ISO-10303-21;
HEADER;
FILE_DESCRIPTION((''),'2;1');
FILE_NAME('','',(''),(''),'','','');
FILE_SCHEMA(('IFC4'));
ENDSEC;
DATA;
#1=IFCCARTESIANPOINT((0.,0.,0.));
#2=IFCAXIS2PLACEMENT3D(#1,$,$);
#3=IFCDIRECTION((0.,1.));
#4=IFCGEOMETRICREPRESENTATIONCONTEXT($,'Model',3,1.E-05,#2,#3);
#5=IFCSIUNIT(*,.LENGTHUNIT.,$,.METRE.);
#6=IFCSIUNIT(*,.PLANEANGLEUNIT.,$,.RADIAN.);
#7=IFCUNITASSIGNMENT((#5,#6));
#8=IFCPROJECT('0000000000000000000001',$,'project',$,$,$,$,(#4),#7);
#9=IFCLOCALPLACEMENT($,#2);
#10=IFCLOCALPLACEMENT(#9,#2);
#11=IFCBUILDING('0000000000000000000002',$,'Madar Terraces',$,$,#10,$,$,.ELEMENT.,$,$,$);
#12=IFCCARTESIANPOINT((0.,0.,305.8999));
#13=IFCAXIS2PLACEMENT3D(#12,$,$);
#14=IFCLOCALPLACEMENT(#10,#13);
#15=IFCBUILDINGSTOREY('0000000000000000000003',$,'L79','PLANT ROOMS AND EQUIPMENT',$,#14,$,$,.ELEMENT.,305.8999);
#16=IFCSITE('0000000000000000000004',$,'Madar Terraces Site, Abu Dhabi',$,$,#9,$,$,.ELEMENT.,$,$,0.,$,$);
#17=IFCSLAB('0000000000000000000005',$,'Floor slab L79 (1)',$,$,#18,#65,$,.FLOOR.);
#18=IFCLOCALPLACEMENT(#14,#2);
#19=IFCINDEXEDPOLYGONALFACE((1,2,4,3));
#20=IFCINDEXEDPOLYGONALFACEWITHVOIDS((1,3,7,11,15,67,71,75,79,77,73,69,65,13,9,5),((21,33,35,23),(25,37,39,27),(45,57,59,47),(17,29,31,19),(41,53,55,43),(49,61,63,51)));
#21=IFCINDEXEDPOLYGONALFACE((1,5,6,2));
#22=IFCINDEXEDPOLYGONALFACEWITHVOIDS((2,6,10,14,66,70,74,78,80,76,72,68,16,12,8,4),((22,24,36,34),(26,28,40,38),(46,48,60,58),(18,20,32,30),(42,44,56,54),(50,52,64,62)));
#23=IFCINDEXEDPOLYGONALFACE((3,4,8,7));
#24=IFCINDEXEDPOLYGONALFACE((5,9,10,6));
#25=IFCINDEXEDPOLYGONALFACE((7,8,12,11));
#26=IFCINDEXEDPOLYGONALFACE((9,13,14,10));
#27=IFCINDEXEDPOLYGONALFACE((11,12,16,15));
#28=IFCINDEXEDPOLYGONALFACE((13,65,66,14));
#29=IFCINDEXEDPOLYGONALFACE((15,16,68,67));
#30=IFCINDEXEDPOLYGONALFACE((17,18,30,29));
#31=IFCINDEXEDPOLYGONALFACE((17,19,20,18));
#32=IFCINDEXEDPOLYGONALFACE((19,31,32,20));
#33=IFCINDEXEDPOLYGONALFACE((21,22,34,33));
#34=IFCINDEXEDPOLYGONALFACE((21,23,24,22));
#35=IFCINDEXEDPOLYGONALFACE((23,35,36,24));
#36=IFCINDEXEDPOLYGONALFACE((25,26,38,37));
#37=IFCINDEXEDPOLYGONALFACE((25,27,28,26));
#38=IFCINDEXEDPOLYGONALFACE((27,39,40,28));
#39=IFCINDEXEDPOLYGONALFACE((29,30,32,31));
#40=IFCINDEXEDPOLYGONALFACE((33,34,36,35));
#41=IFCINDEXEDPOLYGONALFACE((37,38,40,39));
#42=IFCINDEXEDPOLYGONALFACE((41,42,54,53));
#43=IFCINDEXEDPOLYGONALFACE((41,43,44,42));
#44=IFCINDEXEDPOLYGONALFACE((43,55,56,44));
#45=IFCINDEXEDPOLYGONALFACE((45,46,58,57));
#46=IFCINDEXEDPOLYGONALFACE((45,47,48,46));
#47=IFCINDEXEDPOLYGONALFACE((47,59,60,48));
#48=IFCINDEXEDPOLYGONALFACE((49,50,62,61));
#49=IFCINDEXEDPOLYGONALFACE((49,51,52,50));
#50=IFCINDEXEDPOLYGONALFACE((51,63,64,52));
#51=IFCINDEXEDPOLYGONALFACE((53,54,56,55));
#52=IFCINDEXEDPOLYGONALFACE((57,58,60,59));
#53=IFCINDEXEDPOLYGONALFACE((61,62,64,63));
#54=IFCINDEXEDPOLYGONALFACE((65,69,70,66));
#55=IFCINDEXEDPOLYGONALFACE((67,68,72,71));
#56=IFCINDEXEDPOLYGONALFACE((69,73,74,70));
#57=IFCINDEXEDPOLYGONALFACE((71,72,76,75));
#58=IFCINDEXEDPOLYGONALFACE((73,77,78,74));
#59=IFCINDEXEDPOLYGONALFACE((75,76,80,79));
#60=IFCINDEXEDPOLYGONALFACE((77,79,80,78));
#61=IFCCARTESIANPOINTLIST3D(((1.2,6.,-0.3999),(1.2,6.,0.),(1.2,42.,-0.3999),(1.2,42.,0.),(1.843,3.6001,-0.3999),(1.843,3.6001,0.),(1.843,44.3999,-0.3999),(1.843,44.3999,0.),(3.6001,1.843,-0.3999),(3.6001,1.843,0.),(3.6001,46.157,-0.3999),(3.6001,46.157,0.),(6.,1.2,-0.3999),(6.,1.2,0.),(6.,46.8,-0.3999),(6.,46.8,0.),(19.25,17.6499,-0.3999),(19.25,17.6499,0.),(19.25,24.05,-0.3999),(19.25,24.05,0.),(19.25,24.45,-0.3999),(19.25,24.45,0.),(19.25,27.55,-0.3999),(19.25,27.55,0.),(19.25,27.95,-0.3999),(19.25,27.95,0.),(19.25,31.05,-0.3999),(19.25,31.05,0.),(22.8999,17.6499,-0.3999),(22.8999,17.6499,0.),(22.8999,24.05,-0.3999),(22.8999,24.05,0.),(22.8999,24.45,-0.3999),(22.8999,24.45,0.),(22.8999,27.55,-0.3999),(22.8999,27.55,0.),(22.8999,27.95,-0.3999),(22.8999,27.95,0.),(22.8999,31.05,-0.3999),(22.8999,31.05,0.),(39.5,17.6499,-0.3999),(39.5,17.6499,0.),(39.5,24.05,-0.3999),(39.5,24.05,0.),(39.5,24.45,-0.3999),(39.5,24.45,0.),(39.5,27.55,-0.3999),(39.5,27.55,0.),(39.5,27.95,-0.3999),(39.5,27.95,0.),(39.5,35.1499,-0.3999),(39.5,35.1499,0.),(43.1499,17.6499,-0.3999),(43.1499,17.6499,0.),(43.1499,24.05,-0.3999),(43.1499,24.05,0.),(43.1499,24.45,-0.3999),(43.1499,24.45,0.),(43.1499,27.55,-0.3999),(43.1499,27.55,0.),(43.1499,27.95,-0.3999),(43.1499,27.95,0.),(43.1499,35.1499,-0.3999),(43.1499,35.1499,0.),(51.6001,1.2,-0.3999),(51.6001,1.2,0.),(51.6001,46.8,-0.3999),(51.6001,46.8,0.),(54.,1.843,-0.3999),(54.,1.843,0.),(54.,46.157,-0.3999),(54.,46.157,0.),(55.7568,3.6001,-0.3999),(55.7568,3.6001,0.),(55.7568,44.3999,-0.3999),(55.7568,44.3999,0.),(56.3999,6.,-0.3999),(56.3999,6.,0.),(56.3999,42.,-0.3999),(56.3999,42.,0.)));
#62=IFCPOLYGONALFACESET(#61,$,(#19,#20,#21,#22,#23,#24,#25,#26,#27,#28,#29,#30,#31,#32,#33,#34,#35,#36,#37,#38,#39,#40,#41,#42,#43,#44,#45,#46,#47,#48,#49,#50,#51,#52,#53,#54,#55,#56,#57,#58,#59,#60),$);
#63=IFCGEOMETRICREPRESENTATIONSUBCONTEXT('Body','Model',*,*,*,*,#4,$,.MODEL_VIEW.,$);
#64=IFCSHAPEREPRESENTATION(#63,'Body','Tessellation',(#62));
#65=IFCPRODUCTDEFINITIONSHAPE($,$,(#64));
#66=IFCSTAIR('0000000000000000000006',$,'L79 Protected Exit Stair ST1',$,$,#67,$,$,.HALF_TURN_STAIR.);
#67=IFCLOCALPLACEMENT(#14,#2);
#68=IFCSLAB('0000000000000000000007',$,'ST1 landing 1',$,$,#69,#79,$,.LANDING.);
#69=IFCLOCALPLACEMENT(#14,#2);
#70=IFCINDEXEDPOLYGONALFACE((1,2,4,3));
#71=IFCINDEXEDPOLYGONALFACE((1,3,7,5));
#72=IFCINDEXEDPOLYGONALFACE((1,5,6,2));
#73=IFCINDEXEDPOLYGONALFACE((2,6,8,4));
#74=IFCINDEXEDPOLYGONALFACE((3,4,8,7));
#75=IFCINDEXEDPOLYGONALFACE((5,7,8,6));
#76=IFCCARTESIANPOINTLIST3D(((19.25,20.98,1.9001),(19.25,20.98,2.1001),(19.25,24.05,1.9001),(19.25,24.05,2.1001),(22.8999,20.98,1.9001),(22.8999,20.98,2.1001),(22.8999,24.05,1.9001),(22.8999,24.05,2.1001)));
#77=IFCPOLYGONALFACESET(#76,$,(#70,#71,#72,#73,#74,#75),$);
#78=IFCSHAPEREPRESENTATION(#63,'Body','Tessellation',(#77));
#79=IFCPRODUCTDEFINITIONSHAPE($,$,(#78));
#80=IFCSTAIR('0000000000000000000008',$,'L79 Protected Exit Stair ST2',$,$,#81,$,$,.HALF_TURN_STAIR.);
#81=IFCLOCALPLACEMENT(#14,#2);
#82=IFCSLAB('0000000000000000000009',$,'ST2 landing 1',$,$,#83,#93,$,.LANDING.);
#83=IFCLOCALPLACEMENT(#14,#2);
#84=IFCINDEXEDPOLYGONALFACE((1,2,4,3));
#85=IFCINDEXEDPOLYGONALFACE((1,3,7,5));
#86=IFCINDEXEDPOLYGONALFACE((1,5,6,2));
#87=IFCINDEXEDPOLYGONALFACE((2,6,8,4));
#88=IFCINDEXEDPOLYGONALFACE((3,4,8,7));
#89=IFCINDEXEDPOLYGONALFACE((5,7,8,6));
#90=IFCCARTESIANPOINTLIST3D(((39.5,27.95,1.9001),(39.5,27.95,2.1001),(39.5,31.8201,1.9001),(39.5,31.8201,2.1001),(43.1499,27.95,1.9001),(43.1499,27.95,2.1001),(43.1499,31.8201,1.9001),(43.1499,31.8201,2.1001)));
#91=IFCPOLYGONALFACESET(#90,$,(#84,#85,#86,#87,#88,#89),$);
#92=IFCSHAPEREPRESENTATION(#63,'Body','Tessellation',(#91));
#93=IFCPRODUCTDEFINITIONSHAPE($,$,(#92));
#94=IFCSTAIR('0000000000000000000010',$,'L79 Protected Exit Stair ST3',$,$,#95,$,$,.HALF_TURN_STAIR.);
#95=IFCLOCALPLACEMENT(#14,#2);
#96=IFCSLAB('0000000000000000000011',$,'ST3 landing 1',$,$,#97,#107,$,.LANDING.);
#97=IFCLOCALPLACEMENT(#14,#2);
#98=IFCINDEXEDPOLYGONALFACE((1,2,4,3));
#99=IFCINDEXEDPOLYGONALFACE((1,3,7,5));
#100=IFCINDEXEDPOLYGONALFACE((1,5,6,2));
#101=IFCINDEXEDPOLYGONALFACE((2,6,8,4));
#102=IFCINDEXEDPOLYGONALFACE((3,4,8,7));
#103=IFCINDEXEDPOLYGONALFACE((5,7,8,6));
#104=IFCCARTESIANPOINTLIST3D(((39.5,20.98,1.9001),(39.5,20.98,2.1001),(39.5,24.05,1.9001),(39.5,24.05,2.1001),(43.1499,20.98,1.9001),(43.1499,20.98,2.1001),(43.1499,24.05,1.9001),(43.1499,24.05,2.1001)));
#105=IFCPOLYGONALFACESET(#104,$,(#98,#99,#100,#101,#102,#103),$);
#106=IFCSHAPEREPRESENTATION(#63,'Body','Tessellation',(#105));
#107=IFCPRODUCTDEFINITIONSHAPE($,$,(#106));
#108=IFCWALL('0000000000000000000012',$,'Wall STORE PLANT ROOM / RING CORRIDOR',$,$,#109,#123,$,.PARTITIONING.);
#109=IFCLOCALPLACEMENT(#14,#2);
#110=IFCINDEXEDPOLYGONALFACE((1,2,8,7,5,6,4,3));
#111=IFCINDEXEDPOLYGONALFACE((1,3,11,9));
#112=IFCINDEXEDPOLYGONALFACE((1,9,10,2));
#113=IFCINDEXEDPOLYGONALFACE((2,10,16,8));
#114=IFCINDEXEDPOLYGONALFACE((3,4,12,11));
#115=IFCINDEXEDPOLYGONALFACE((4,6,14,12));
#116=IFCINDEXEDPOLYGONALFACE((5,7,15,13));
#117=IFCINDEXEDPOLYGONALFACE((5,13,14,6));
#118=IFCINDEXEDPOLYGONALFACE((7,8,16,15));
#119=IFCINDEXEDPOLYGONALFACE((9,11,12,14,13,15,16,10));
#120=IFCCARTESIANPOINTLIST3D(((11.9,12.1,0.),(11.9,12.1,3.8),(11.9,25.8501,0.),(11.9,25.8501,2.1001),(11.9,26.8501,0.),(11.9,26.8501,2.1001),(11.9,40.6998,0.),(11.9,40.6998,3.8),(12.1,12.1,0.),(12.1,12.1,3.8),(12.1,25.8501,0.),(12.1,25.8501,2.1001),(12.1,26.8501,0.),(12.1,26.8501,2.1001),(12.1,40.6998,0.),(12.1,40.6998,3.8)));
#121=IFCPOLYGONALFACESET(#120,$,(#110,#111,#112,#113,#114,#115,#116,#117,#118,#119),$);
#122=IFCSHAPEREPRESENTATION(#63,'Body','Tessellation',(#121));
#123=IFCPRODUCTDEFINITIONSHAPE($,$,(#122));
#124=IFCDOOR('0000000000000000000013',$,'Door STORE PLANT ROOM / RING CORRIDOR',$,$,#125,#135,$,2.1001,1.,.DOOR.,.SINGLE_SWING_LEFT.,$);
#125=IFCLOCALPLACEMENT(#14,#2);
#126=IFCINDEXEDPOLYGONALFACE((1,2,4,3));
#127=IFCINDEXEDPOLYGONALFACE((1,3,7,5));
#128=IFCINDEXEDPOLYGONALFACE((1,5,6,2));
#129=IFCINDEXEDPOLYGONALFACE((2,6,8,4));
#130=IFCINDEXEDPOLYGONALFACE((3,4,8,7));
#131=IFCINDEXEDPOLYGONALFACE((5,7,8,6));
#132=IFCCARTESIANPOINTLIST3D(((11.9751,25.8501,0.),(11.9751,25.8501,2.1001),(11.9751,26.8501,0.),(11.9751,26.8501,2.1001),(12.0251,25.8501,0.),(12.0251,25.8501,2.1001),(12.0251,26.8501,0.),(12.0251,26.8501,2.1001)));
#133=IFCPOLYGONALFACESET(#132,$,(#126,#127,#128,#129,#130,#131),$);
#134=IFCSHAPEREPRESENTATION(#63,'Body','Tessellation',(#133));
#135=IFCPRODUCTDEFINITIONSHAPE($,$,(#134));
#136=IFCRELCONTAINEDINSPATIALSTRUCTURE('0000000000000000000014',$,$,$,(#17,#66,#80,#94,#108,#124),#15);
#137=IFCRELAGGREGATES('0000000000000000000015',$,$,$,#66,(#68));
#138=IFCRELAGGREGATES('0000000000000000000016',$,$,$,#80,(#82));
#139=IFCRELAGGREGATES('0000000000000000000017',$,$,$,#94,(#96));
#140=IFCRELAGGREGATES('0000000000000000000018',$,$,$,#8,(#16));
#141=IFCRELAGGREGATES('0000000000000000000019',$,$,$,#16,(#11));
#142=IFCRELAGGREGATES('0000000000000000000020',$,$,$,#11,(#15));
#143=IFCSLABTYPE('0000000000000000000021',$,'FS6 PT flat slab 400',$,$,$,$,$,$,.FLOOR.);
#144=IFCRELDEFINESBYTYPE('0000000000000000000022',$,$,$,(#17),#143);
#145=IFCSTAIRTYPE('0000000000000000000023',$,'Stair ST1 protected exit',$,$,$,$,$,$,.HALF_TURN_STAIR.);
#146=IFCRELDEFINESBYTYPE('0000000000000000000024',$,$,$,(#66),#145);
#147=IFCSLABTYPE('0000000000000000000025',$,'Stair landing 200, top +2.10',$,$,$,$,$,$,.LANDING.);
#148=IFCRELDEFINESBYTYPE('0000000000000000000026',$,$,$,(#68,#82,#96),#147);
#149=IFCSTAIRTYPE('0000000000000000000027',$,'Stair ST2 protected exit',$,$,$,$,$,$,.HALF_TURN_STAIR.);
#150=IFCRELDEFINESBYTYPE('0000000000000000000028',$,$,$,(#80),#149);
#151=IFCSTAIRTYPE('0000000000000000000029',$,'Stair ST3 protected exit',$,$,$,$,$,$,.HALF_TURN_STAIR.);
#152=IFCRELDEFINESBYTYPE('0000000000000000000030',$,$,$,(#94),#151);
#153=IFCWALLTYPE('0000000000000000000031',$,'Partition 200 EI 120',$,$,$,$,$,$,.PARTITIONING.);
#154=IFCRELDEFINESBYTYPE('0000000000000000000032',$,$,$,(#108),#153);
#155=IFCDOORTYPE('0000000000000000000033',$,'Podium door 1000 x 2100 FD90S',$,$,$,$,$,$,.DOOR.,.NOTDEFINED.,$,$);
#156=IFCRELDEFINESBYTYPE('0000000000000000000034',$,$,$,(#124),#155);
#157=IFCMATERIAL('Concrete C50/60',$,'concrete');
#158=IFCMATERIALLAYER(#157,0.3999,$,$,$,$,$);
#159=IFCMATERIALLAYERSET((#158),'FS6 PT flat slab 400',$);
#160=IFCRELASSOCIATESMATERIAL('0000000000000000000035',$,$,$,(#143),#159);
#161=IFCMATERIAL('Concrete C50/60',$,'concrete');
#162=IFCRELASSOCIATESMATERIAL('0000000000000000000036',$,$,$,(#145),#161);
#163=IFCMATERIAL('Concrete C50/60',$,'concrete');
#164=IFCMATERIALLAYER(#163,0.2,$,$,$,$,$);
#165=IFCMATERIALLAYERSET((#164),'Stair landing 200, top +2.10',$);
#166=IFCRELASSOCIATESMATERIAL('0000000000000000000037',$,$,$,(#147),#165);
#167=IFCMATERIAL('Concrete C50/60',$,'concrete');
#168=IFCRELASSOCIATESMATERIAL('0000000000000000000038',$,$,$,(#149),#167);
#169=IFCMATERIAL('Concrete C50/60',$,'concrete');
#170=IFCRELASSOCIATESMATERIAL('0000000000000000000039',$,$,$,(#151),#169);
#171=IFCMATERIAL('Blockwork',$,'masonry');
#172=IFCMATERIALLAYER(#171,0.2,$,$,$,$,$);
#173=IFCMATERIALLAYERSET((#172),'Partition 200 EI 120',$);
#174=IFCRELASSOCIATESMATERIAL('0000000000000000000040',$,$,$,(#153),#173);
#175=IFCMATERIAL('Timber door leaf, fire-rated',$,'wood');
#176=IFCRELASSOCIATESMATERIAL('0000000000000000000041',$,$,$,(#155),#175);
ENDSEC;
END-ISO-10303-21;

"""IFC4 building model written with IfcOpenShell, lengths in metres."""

from ifc_helpers import new_model, si_unit, direction, frame, frame_2d, origin, place, context, subcontext, project, spatial, polyline, rectangle, outline, extrude, material, layer, layer_set, type_object, element, fill, aggregate, save


model = new_model("IFC4")

# Units and contexts
model_context = context("Model", 3, precision=1e-05, world=origin(), true_north=direction((0.0, 1.0)))
body_context = subcontext(model_context, "Body", "Model", "MODEL_VIEW")
ifc_project = project(units=[si_unit("LENGTHUNIT", "METRE"), si_unit("PLANEANGLEUNIT", "RADIAN")], contexts=[model_context])

# Site, building, storey
site_placement = place(None, origin())
site = spatial("IfcSite", under=ifc_project, at=site_placement, Name="Madar Terraces Site, Abu Dhabi", CompositionType="ELEMENT", RefElevation=0.0)
building_placement = place(site_placement, origin())
building = spatial("IfcBuilding", under=site, at=building_placement, Name="Madar Terraces", CompositionType="ELEMENT")
storey_placement = place(building_placement, frame((0.0, 0.0, 305.8999)))
storey = spatial("IfcBuildingStorey", under=building, at=storey_placement, Name="L79", Description="PLANT ROOMS AND EQUIPMENT", CompositionType="ELEMENT", Elevation=305.8999)

# Slab
ifc_material_1 = material(Name="Concrete C50/60", Category="concrete")
ifc_layer_1 = layer(ifc_material_1, 0.3999)
ifc_layer_set_1 = layer_set([ifc_layer_1], Name="FS6 PT flat slab 400")
slab_type_1 = type_object("IfcSlabType", Name="FS6 PT flat slab 400", PredefinedType="FLOOR", material=ifc_layer_set_1)
slab_1_placement = place(storey_placement, frame((0.0, 0.0, -0.3999)))
element("IfcSlab", 1, at=slab_1_placement, inside=storey, type_object=slab_type_1, Name="Floor slab L79 (1)", PredefinedType="FLOOR", context=body_context, shape_type="SweptSolid", body=[
    extrude(outline(polyline([(51.6001, 1.2), (54.0, 1.843), (55.7568, 3.6001), (56.3999, 6.0), (56.3999, 42.0), (55.7568, 44.3999), (54.0, 46.157), (51.6001, 46.8), (6.0, 46.8), (3.6001, 46.157), (1.843, 44.3999), (1.2, 42.0), (1.2, 6.0), (1.843, 3.6001), (3.6001, 1.843), (6.0, 1.2), (51.6001, 1.2)]), holes=[polyline([(22.8999, 24.05), (22.8999, 17.6499), (19.25, 17.6499), (19.25, 24.05), (22.8999, 24.05)]), polyline([(43.1499, 17.6499), (39.5, 17.6499), (39.5, 24.05), (43.1499, 24.05), (43.1499, 17.6499)]), polyline([(22.8999, 24.45), (19.25, 24.45), (19.25, 27.55), (22.8999, 27.55), (22.8999, 24.45)]), polyline([(43.1499, 27.55), (43.1499, 24.45), (39.5, 24.45), (39.5, 27.55), (43.1499, 27.55)]), polyline([(22.8999, 27.95), (19.25, 27.95), (19.25, 31.05), (22.8999, 31.05), (22.8999, 27.95)]), polyline([(43.1499, 27.95), (39.5, 27.95), (39.5, 35.1499), (43.1499, 35.1499), (43.1499, 27.95)])]), origin(), (0.0, 0.0, 1.0), 0.3999),
])

# Stairs, slabs
ifc_material_2 = material(Name="Concrete C50/60", Category="concrete")
stair_type_1 = type_object("IfcStairType", Name="Stair ST1 protected exit", PredefinedType="HALF_TURN_STAIR", material=ifc_material_2)
stair_1_placement = place(storey_placement, origin())
stair_1 = element("IfcStair", 2, at=stair_1_placement, inside=storey, type_object=stair_type_1, Name="L79 Protected Exit Stair ST1", PredefinedType="HALF_TURN_STAIR")
ifc_material_3 = material(Name="Concrete C50/60", Category="concrete")
ifc_layer_2 = layer(ifc_material_3, 0.2)
ifc_layer_set_2 = layer_set([ifc_layer_2], Name="Stair landing 200, top +2.10")
slab_type_2 = type_object("IfcSlabType", Name="Stair landing 200, top +2.10", PredefinedType="LANDING", material=ifc_layer_set_2)
slab_2_placement = place(storey_placement, frame((0.0, 0.0, 1.9001)))
slab_2 = element("IfcSlab", 3, at=slab_2_placement, type_object=slab_type_2, Name="ST1 landing 1", PredefinedType="LANDING", context=body_context, shape_type="SweptSolid", body=[
    extrude(outline(polyline([(19.25, 20.98), (22.8999, 20.98), (22.8999, 24.05), (19.25, 24.05), (19.25, 20.98)])), origin(), (0.0, 0.0, 1.0), 0.2),
])
aggregate(stair_1, [slab_2])
ifc_material_4 = material(Name="Concrete C50/60", Category="concrete")
stair_type_2 = type_object("IfcStairType", Name="Stair ST2 protected exit", PredefinedType="HALF_TURN_STAIR", material=ifc_material_4)
stair_2_placement = place(storey_placement, origin())
stair_2 = element("IfcStair", 4, at=stair_2_placement, inside=storey, type_object=stair_type_2, Name="L79 Protected Exit Stair ST2", PredefinedType="HALF_TURN_STAIR")
slab_3_placement = place(storey_placement, frame((0.0, 0.0, 1.9001)))
slab_3 = element("IfcSlab", 5, at=slab_3_placement, type_object=slab_type_2, Name="ST2 landing 1", PredefinedType="LANDING", context=body_context, shape_type="SweptSolid", body=[
    extrude(outline(polyline([(39.5, 27.95), (43.1499, 27.95), (43.1499, 31.8201), (39.5, 31.8201), (39.5, 27.95)])), origin(), (0.0, 0.0, 1.0), 0.2),
])
aggregate(stair_2, [slab_3])
ifc_material_5 = material(Name="Concrete C50/60", Category="concrete")
stair_type_3 = type_object("IfcStairType", Name="Stair ST3 protected exit", PredefinedType="HALF_TURN_STAIR", material=ifc_material_5)
stair_3_placement = place(storey_placement, origin())
stair_3 = element("IfcStair", 6, at=stair_3_placement, inside=storey, type_object=stair_type_3, Name="L79 Protected Exit Stair ST3", PredefinedType="HALF_TURN_STAIR")
slab_4_placement = place(storey_placement, frame((0.0, 0.0, 1.9001)))
slab_4 = element("IfcSlab", 7, at=slab_4_placement, type_object=slab_type_2, Name="ST3 landing 1", PredefinedType="LANDING", context=body_context, shape_type="SweptSolid", body=[
    extrude(outline(polyline([(39.5, 20.98), (43.1499, 20.98), (43.1499, 24.05), (39.5, 24.05), (39.5, 20.98)])), origin(), (0.0, 0.0, 1.0), 0.2),
])
aggregate(stair_3, [slab_4])

# Wall, opening, door
ifc_material_6 = material(Name="Blockwork", Category="masonry")
ifc_layer_3 = layer(ifc_material_6, 0.2)
ifc_layer_set_3 = layer_set([ifc_layer_3], Name="Partition 200 EI 120")
wall_type = type_object("IfcWallType", Name="Partition 200 EI 120", PredefinedType="PARTITIONING", material=ifc_layer_set_3)
wall_placement = place(storey_placement, frame((12.0, 12.1001, 0.0), z_axis=(0.0, 0.0, 1.0), x_axis=(0.0, 1.0, 0.0)))
wall = element("IfcWall", 8, at=wall_placement, inside=storey, type_object=wall_type, Name="Wall STORE PLANT ROOM / RING CORRIDOR", PredefinedType="PARTITIONING", context=body_context, shape_type="SweptSolid", body=[
    extrude(rectangle(XDim=28.5999, YDim=0.2, at=frame_2d((14.2998, 0.0))), origin(), (0.0, 0.0, 1.0), 3.8),
])
opening_placement = place(wall_placement, frame((13.75, 0.0, 0.0)))
opening = element("IfcOpeningElement", 9, at=opening_placement, cuts=wall, PredefinedType="OPENING", context=body_context, shape_type="SweptSolid", body=[
    extrude(rectangle(XDim=1.0, YDim=2.1001, at=frame_2d((0.5, 1.05))), frame((0.0, 0.1099, 0.0), z_axis=(0.0, -1.0, 0.0), x_axis=(1.0, 0.0, 0.0)), (0.0, 0.0, 1.0), 0.22),
])
ifc_material_7 = material(Name="Timber door leaf, fire-rated", Category="wood")
door_type = type_object("IfcDoorType", Name="Podium door 1000 x 2100 FD90S", OperationType="NOTDEFINED", PredefinedType="DOOR", material=ifc_material_7)
door_placement = place(opening_placement, origin())
door = element("IfcDoor", 10, at=door_placement, inside=storey, type_object=door_type, Name="Door STORE PLANT ROOM / RING CORRIDOR", OperationType="SINGLE_SWING_LEFT", OverallHeight=2.1001, OverallWidth=1.0, PredefinedType="DOOR", context=body_context, shape_type="SweptSolid", body=[
    extrude(rectangle(XDim=1.0, YDim=2.1001, at=frame_2d((0.5, 1.05))), frame((0.0, 0.0249, 0.0), z_axis=(0.0, -1.0, 0.0), x_axis=(1.0, 0.0, 0.0)), (0.0, 0.0, 1.0), 0.05),
])
fill(opening, door)

save(model, "model.ifc")
